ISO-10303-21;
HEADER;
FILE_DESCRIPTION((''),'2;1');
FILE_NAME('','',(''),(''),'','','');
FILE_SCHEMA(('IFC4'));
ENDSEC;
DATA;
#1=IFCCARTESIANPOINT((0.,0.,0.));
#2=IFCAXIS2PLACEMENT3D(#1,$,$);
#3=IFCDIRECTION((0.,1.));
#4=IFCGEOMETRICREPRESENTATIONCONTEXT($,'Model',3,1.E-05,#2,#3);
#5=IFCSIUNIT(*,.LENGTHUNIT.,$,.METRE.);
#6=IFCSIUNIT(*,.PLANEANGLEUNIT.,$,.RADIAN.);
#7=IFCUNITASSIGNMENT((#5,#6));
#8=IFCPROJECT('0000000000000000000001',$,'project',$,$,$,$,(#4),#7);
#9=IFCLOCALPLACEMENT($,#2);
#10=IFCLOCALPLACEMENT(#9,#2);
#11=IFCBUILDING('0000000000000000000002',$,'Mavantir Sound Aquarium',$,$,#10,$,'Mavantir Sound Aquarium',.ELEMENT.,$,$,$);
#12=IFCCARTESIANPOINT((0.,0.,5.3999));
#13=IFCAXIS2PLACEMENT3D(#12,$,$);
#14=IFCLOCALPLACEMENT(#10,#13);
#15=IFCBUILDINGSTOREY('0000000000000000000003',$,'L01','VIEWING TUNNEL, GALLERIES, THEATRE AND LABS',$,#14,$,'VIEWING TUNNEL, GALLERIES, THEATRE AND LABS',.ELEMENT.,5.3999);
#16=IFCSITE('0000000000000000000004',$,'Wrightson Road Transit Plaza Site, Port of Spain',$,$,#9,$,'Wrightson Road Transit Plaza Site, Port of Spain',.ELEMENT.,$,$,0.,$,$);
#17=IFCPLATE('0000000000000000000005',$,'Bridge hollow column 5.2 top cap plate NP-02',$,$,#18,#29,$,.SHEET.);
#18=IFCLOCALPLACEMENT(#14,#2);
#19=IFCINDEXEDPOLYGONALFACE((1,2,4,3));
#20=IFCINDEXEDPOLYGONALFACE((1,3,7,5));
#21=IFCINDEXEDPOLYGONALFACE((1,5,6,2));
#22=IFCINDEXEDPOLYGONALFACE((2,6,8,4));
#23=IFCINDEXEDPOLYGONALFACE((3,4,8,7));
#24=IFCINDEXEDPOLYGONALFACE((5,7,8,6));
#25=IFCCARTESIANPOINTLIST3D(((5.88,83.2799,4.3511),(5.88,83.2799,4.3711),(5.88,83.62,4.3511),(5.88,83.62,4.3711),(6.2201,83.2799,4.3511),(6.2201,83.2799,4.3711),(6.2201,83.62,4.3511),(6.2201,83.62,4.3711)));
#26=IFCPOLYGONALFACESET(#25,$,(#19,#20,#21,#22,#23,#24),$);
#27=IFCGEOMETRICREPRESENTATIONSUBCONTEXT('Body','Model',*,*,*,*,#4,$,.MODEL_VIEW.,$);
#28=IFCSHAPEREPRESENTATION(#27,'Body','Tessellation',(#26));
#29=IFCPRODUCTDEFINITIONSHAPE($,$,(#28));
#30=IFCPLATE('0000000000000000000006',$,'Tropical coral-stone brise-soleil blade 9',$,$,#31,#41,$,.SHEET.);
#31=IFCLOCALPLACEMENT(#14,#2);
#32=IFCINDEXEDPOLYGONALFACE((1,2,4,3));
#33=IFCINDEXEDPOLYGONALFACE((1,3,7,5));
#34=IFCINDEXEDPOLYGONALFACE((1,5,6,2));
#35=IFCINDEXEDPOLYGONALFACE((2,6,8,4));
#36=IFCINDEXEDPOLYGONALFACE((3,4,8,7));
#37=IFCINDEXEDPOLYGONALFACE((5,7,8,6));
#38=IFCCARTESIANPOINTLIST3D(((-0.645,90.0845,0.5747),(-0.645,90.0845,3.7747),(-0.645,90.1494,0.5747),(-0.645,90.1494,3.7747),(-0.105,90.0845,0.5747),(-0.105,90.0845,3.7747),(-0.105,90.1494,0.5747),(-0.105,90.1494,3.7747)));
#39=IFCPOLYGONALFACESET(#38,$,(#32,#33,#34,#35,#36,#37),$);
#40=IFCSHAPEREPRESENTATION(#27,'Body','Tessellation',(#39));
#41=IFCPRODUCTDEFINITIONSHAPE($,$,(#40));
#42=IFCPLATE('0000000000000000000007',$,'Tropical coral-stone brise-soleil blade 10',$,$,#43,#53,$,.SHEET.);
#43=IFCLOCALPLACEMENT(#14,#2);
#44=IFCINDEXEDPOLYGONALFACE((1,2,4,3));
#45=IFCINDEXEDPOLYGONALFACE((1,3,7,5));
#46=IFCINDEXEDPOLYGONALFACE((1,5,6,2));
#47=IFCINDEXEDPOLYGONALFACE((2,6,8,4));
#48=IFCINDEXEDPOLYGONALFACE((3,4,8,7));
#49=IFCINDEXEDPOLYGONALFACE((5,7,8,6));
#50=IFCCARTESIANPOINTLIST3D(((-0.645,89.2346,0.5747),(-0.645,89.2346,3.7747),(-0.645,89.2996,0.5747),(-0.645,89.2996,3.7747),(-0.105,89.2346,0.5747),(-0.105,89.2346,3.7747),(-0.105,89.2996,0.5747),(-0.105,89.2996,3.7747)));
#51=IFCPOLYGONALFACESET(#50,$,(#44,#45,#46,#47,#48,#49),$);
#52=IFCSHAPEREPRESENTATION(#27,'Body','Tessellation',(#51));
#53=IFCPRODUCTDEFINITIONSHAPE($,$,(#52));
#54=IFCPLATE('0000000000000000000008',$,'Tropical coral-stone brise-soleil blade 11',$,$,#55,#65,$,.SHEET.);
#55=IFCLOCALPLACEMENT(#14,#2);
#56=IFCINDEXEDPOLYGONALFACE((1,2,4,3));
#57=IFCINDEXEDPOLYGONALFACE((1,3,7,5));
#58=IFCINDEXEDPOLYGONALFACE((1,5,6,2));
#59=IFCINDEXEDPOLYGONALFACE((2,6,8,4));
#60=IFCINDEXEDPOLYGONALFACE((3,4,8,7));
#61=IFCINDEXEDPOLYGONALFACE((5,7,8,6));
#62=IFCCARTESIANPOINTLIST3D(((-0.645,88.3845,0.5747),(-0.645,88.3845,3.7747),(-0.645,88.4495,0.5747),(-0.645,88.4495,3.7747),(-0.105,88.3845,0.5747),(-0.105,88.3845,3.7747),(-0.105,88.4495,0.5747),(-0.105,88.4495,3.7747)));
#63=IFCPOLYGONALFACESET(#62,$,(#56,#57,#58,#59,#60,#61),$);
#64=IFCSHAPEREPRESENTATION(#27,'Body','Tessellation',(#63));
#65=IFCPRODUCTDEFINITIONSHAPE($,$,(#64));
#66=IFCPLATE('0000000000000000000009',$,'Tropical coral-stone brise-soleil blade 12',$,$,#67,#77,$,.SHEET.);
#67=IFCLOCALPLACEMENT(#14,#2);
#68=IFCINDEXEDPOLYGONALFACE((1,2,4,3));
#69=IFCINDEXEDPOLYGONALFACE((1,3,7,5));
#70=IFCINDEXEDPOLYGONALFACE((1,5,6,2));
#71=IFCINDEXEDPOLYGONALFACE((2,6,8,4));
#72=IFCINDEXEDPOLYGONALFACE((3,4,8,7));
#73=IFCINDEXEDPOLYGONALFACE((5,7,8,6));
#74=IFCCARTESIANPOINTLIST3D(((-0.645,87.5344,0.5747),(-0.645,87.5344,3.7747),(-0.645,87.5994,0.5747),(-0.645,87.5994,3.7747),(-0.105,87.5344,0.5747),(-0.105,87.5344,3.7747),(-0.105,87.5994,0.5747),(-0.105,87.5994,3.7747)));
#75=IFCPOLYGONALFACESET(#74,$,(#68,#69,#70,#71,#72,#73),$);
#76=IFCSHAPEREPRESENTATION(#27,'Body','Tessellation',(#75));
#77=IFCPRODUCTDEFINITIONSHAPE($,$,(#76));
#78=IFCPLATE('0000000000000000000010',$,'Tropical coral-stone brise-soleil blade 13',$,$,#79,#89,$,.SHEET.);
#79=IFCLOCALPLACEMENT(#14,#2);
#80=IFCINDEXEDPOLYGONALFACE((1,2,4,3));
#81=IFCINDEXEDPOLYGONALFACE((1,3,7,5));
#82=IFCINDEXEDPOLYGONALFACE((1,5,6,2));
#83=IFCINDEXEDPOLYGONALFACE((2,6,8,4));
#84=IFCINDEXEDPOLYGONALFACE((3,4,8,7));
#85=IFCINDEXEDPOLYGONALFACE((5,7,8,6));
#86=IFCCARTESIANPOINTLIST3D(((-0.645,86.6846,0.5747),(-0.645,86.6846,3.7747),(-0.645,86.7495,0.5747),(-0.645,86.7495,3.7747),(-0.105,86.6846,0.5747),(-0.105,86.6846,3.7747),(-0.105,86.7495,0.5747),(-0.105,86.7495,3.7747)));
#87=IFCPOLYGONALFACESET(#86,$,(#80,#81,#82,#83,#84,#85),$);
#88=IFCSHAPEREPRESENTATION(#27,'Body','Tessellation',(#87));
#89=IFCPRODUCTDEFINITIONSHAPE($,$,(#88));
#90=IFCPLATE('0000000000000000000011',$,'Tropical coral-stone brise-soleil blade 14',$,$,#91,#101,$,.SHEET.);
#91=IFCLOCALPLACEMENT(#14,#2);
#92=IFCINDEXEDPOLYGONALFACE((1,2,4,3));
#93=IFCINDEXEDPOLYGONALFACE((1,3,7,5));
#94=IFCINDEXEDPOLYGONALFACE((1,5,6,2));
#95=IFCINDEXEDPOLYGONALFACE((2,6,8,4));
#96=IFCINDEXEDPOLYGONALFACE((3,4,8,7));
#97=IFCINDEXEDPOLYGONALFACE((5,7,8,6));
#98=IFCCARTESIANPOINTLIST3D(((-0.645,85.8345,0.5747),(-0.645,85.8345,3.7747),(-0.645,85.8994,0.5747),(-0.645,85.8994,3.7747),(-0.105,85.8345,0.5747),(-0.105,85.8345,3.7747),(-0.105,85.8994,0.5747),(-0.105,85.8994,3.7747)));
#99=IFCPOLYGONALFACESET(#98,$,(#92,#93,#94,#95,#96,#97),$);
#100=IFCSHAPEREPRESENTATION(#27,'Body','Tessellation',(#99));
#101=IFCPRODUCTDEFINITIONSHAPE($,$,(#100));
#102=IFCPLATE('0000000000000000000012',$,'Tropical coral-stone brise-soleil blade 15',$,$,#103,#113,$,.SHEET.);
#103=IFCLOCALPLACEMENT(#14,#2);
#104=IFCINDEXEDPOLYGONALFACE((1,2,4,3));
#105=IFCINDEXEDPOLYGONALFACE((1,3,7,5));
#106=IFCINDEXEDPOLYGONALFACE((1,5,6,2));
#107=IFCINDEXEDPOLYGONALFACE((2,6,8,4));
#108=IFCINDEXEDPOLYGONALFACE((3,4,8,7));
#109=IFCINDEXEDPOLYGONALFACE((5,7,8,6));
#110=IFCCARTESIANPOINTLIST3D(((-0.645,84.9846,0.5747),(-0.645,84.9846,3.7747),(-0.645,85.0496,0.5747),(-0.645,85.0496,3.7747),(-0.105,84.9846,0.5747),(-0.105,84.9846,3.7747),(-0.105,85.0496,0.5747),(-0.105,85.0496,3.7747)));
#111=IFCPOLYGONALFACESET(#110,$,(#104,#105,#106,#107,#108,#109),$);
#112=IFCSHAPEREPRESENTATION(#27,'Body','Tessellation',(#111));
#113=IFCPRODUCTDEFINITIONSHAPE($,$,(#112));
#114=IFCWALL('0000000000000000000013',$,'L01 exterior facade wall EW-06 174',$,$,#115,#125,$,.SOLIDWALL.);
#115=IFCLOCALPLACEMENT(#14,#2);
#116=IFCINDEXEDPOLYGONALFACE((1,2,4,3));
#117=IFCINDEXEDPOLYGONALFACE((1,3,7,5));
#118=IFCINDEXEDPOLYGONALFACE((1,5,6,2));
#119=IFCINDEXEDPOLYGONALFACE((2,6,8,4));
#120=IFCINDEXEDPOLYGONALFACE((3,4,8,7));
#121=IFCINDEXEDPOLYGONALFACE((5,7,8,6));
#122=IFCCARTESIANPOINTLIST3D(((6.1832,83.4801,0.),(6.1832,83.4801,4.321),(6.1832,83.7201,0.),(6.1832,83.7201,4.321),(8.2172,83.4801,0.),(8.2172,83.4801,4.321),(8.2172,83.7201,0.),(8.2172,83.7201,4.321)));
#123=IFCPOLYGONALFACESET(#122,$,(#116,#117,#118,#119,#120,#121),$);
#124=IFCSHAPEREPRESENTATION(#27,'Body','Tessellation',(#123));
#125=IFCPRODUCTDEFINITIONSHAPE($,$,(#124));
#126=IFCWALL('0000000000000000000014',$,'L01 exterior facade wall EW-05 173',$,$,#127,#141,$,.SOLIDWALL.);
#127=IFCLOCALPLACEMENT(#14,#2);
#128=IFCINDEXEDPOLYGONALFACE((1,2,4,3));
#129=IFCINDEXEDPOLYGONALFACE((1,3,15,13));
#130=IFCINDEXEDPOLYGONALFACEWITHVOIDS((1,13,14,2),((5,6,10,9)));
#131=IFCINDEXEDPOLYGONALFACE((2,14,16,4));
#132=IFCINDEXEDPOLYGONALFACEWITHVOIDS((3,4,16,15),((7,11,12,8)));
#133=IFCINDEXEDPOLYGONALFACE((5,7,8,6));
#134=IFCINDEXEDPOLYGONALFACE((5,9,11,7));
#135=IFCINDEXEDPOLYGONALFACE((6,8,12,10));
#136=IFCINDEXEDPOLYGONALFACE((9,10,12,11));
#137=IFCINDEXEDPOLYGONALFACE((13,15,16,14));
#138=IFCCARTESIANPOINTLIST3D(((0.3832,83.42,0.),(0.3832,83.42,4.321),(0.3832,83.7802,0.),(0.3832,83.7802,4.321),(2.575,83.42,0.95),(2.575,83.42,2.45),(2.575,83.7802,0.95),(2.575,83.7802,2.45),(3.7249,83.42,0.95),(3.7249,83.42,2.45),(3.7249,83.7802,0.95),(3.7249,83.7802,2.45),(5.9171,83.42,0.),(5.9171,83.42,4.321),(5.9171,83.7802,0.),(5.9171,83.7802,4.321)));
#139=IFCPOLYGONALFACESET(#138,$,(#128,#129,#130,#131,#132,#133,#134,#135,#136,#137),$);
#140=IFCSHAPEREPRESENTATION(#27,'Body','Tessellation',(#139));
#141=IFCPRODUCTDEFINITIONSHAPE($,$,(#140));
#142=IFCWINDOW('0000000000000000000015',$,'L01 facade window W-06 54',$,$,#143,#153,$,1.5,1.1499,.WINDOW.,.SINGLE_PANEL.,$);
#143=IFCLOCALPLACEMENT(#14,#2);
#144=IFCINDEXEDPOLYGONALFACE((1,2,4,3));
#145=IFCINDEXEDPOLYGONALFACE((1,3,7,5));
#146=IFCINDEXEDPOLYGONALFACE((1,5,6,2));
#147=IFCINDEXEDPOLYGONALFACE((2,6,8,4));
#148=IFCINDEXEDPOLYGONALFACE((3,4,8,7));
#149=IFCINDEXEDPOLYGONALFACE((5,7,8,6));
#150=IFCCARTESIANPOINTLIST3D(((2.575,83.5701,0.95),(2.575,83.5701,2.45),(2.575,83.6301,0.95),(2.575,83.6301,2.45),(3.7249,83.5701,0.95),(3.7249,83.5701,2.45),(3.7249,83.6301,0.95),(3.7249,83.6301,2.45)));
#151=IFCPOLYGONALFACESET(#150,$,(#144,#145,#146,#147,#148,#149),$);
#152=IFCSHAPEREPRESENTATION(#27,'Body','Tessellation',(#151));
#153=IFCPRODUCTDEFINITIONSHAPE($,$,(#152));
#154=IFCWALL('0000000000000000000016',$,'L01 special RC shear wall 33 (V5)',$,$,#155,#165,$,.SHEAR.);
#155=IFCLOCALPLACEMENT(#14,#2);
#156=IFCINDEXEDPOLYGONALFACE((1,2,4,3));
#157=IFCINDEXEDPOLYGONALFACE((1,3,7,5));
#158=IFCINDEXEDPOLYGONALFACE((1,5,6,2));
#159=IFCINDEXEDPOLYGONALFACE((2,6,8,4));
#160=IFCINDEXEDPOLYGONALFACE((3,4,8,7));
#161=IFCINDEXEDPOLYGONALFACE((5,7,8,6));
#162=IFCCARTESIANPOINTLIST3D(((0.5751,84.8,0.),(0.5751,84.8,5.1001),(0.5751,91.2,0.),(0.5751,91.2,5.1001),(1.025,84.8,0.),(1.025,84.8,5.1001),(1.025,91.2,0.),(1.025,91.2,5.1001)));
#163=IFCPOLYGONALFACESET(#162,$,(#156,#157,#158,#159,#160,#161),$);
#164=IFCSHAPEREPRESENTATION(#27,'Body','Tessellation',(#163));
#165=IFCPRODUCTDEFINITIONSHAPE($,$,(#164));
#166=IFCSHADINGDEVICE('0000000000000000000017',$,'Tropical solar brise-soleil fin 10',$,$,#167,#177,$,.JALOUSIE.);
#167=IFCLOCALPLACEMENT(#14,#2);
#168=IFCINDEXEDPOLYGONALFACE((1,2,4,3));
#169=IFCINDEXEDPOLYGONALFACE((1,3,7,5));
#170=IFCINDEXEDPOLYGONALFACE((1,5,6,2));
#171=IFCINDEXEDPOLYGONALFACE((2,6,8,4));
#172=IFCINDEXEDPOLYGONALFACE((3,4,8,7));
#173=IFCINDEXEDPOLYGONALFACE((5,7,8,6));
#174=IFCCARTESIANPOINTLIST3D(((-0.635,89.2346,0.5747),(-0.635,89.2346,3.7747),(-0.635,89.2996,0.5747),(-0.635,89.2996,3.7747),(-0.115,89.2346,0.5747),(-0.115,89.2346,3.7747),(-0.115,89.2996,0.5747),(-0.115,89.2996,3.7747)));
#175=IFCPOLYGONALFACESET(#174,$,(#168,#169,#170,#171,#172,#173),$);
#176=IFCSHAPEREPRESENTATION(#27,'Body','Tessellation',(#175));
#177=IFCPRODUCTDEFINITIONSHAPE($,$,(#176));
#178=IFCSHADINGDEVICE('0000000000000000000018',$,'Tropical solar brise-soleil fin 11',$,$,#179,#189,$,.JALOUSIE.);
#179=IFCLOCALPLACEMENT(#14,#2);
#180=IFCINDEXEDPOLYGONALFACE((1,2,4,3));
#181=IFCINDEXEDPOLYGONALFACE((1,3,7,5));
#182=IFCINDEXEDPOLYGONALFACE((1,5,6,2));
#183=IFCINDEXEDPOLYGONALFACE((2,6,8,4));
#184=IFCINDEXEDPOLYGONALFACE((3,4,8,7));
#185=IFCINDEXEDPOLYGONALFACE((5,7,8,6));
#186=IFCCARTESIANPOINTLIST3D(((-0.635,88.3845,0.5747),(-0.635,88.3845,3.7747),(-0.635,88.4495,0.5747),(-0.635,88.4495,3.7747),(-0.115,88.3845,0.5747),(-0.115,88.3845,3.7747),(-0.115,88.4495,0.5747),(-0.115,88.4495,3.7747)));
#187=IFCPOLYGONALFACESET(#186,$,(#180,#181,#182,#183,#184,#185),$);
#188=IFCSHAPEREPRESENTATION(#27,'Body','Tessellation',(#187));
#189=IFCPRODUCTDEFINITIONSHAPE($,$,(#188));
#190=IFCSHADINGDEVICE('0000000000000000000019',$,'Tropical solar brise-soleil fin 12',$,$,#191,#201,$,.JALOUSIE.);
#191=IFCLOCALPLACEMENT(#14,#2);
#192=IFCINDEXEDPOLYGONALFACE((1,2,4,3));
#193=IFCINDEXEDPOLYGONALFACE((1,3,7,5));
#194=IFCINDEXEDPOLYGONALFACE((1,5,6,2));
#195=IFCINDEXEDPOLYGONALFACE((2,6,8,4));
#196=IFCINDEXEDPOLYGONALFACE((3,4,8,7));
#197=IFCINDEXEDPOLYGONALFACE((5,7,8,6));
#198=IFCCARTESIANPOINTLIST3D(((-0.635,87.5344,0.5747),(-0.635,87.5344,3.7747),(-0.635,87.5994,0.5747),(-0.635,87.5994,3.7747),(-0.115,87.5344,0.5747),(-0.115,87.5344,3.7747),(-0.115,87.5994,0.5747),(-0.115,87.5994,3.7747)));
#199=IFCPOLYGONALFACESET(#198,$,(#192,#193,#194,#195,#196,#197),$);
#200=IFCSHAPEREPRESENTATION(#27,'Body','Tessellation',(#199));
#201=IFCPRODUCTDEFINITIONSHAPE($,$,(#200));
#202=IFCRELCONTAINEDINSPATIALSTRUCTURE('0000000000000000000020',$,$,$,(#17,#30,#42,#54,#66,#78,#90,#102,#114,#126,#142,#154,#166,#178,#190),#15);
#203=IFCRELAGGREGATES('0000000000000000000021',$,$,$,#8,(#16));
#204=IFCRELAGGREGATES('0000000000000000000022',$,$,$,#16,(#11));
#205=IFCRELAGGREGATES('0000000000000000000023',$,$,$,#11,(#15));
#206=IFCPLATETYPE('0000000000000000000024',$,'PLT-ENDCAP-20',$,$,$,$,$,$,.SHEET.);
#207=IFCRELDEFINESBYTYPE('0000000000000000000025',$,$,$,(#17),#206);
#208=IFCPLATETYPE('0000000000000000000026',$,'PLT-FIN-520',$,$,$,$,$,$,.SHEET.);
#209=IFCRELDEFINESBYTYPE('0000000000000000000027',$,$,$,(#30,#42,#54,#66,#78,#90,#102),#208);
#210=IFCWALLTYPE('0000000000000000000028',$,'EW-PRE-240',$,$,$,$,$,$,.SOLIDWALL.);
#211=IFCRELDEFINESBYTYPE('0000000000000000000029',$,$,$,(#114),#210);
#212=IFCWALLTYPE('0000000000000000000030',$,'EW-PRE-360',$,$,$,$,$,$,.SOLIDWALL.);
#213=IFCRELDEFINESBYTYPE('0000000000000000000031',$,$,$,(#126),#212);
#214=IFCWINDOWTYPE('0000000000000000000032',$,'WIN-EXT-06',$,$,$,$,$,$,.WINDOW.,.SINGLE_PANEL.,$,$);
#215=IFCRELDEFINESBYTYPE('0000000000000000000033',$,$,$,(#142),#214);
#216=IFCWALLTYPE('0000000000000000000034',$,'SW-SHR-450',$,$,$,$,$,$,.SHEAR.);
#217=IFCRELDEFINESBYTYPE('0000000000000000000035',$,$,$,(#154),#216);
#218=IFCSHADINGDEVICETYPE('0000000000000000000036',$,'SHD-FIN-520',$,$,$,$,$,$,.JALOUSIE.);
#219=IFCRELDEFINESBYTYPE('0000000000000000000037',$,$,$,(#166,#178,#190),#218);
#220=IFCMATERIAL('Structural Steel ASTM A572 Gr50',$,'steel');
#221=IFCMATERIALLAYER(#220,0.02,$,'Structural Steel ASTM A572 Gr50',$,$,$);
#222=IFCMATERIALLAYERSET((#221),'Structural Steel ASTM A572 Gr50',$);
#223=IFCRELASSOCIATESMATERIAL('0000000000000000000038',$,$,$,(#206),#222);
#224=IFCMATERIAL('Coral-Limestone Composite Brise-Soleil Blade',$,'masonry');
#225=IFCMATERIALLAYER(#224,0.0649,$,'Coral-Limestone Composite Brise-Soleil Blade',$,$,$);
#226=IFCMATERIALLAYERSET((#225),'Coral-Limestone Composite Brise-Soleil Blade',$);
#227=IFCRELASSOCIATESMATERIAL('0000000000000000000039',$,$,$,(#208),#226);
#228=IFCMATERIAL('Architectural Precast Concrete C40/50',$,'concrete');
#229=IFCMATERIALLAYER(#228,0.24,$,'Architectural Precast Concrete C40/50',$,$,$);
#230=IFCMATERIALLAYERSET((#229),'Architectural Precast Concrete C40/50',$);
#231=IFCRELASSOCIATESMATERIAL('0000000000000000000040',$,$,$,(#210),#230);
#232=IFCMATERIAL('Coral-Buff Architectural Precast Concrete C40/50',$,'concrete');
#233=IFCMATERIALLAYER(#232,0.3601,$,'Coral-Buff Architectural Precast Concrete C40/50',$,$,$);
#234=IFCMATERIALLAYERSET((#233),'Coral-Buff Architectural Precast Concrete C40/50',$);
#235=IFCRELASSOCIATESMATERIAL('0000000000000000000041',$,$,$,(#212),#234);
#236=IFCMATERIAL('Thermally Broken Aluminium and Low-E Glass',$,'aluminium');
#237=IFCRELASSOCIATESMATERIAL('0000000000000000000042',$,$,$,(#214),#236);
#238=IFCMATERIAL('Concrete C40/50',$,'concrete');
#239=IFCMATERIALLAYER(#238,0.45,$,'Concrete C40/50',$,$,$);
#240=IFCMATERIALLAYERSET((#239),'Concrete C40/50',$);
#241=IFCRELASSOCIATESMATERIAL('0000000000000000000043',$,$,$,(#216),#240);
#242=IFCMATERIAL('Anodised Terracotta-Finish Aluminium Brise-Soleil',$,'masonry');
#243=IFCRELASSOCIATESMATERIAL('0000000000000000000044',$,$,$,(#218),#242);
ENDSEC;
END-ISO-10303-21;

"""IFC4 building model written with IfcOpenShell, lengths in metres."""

from ifc_helpers import new_model, si_unit, direction, frame, frame_2d, origin, origin_2d, place, context, subcontext, project, spatial, rectangle, extrude, material, layer, layer_set, type_object, element, fill, save


model = new_model("IFC4")

# Units and contexts
model_context = context("Model", 3, precision=1e-05, world=origin(), true_north=direction((0.0, 1.0)))
body_context = subcontext(model_context, "Body", "Model", "MODEL_VIEW")
ifc_project = project(units=[si_unit("LENGTHUNIT", "METRE"), si_unit("PLANEANGLEUNIT", "RADIAN")], contexts=[model_context])

# Site, building, storey
site_placement = place(None, origin())
site = spatial("IfcSite", under=ifc_project, at=site_placement, Name="Wrightson Road Transit Plaza Site, Port of Spain", LongName="Wrightson Road Transit Plaza Site, Port of Spain", CompositionType="ELEMENT", RefElevation=0.0)
building_placement = place(site_placement, origin())
building = spatial("IfcBuilding", under=site, at=building_placement, Name="Mavantir Sound Aquarium", LongName="Mavantir Sound Aquarium", CompositionType="ELEMENT")
storey_placement = place(building_placement, frame((0.0, 0.0, 5.3999)))
storey = spatial("IfcBuildingStorey", under=building, at=storey_placement, Name="L01", Description="VIEWING TUNNEL, GALLERIES, THEATRE AND LABS", LongName="VIEWING TUNNEL, GALLERIES, THEATRE AND LABS", CompositionType="ELEMENT", Elevation=5.3999)

# Shared definitions
ifc_material_1 = material(Name="Concrete C40/50", Category="concrete")

# Plates
ifc_material_2 = material(Name="Structural Steel ASTM A572 Gr50", Category="steel")
ifc_layer_1 = layer(ifc_material_2, 0.02, Name="Structural Steel ASTM A572 Gr50")
ifc_layer_set_1 = layer_set([ifc_layer_1], Name="Structural Steel ASTM A572 Gr50")
plate_type_1 = type_object("IfcPlateType", Name="PLT-ENDCAP-20", PredefinedType="SHEET", material=ifc_layer_set_1)
plate_placement = place(storey_placement, frame((6.05, 83.45, 4.3511), z_axis=(0.0, 0.0, 1.0), x_axis=(1.0, 0.0, 0.0)))
element("IfcPlate", 1, at=plate_placement, inside=storey, type_object=plate_type_1, Name="Bridge hollow column 5.2 top cap plate NP-02", PredefinedType="SHEET", context=body_context, shape_type="SweptSolid", body=[
    extrude(rectangle(XDim=0.3401, YDim=0.3401, at=origin_2d()), origin(), (0.0, 0.0, 1.0), 0.02),
])
ifc_material_3 = material(Name="Coral-Limestone Composite Brise-Soleil Blade", Category="masonry")
ifc_layer_2 = layer(ifc_material_3, 0.0649, Name="Coral-Limestone Composite Brise-Soleil Blade")
ifc_layer_set_2 = layer_set([ifc_layer_2], Name="Coral-Limestone Composite Brise-Soleil Blade")
plate_type_2 = type_object("IfcPlateType", Name="PLT-FIN-520", PredefinedType="SHEET", material=ifc_layer_set_2)
for number, where, z_axis, x_axis, name in (
    (2, (-0.375, 90.1169, 0.5747), (0.0, 0.0, 1.0), (0.0, 1.0, 0.0), "Tropical coral-stone brise-soleil blade 9"),
    (3, (-0.375, 89.2671, 0.5747), (0.0, 0.0, 1.0), (0.0, 1.0, 0.0), "Tropical coral-stone brise-soleil blade 10"),
    (4, (-0.375, 88.417, 0.5747), (0.0, 0.0, 1.0), (0.0, 1.0, 0.0), "Tropical coral-stone brise-soleil blade 11"),
    (5, (-0.375, 87.5669, 0.5747), (0.0, 0.0, 1.0), (0.0, 1.0, 0.0), "Tropical coral-stone brise-soleil blade 12"),
    (6, (-0.375, 86.717, 0.5747), (0.0, 0.0, 1.0), (0.0, 1.0, 0.0), "Tropical coral-stone brise-soleil blade 13"),
    (7, (-0.375, 85.8669, 0.5747), (0.0, 0.0, 1.0), (0.0, 1.0, 0.0), "Tropical coral-stone brise-soleil blade 14"),
    (8, (-0.375, 85.0171, 0.5747), (0.0, 0.0, 1.0), (0.0, 1.0, 0.0), "Tropical coral-stone brise-soleil blade 15"),
):
    element("IfcPlate", number, at=place(storey_placement, frame(where, z_axis=z_axis, x_axis=x_axis)), inside=storey, type_object=plate_type_2, Name=name, PredefinedType="SHEET", context=body_context, shape_type="SweptSolid", body=[
        extrude(rectangle(XDim=0.0649, YDim=0.54, at=origin_2d()), origin(), (0.0, 0.0, 1.0), 3.2),
    ])

# Wall
ifc_material_4 = material(Name="Architectural Precast Concrete C40/50", Category="concrete")
ifc_layer_3 = layer(ifc_material_4, 0.24, Name="Architectural Precast Concrete C40/50")
ifc_layer_set_3 = layer_set([ifc_layer_3], Name="Architectural Precast Concrete C40/50")
wall_type_1 = type_object("IfcWallType", Name="EW-PRE-240", PredefinedType="SOLIDWALL", material=ifc_layer_set_3)
wall_1_placement = place(storey_placement, frame((6.1831, 83.6001, 0.0), z_axis=(0.0, 0.0, 1.0), x_axis=(1.0, 0.0, 0.0)))
element("IfcWall", 9, at=wall_1_placement, inside=storey, type_object=wall_type_1, Name="L01 exterior facade wall EW-06 174", PredefinedType="SOLIDWALL", context=body_context, shape_type="SweptSolid", body=[
    extrude(rectangle(XDim=2.0339, YDim=0.24, at=frame_2d((1.0171, 0.0))), origin(), (0.0, 0.0, 1.0), 4.321),
])

# Wall, opening, window
ifc_material_5 = material(Name="Coral-Buff Architectural Precast Concrete C40/50", Category="concrete")
ifc_layer_4 = layer(ifc_material_5, 0.3601, Name="Coral-Buff Architectural Precast Concrete C40/50")
ifc_layer_set_4 = layer_set([ifc_layer_4], Name="Coral-Buff Architectural Precast Concrete C40/50")
wall_type_2 = type_object("IfcWallType", Name="EW-PRE-360", PredefinedType="SOLIDWALL", material=ifc_layer_set_4)
wall_2_placement = place(storey_placement, frame((0.3831, 83.6001, 0.0), z_axis=(0.0, 0.0, 1.0), x_axis=(1.0, 0.0, 0.0)))
wall_2 = element("IfcWall", 10, at=wall_2_placement, inside=storey, type_object=wall_type_2, Name="L01 exterior facade wall EW-05 173", PredefinedType="SOLIDWALL", context=body_context, shape_type="SweptSolid", body=[
    extrude(rectangle(XDim=5.5339, YDim=0.3601, at=frame_2d((2.7671, 0.0))), origin(), (0.0, 0.0, 1.0), 4.321),
])
opening_placement = place(wall_2_placement, frame((2.1919, 0.0, 0.95)))
opening = element("IfcOpeningElement", 11, at=opening_placement, cuts=wall_2, PredefinedType="OPENING", context=body_context, shape_type="SweptSolid", body=[
    extrude(rectangle(XDim=1.1499, YDim=1.5, at=frame_2d((0.575, 0.75))), frame((0.0, 0.1899, 0.0), z_axis=(0.0, -1.0, 0.0), x_axis=(1.0, 0.0, 0.0)), (0.0, 0.0, 1.0), 0.3801),
])
ifc_material_6 = material(Name="Thermally Broken Aluminium and Low-E Glass", Category="aluminium")
window_type = type_object("IfcWindowType", Name="WIN-EXT-06", PartitioningType="SINGLE_PANEL", PredefinedType="WINDOW", material=ifc_material_6)
window_placement = place(opening_placement, origin())
window = element("IfcWindow", 12, at=window_placement, inside=storey, type_object=window_type, Name="L01 facade window W-06 54", OverallHeight=1.5, OverallWidth=1.1499, PartitioningType="SINGLE_PANEL", PredefinedType="WINDOW", context=body_context, shape_type="SweptSolid", body=[
    extrude(rectangle(XDim=1.1499, YDim=1.5, at=frame_2d((0.575, 0.75))), frame((0.0, 0.03, 0.0), z_axis=(0.0, -1.0, 0.0), x_axis=(1.0, 0.0, 0.0)), (0.0, 0.0, 1.0), 0.0601),
])
fill(opening, window)

# Wall
ifc_layer_5 = layer(ifc_material_1, 0.45, Name="Concrete C40/50")
ifc_layer_set_5 = layer_set([ifc_layer_5], Name="Concrete C40/50")
wall_type_3 = type_object("IfcWallType", Name="SW-SHR-450", PredefinedType="SHEAR", material=ifc_layer_set_5)
wall_3_placement = place(storey_placement, frame((0.8, 84.8, 0.0), z_axis=(0.0, 0.0, 1.0), x_axis=(0.0, 1.0, 0.0)))
element("IfcWall", 13, at=wall_3_placement, inside=storey, type_object=wall_type_3, Name="L01 special RC shear wall 33 (V5)", PredefinedType="SHEAR", context=body_context, shape_type="SweptSolid", body=[
    extrude(rectangle(XDim=6.3999, YDim=0.45, at=frame_2d((3.2, 0.0))), origin(), (0.0, 0.0, 1.0), 5.1001),
])

# Shading devices
ifc_material_7 = material(Name="Anodised Terracotta-Finish Aluminium Brise-Soleil", Category="masonry")
shading_device_type = type_object("IfcShadingDeviceType", Name="SHD-FIN-520", PredefinedType="JALOUSIE", material=ifc_material_7)
for number, where, z_axis, x_axis, name in (
    (14, (-0.375, 89.2671, 0.5747), (0.0, 0.0, 1.0), (0.0, 1.0, 0.0), "Tropical solar brise-soleil fin 10"),
    (15, (-0.375, 88.417, 0.5747), (0.0, 0.0, 1.0), (0.0, 1.0, 0.0), "Tropical solar brise-soleil fin 11"),
    (16, (-0.375, 87.5669, 0.5747), (0.0, 0.0, 1.0), (0.0, 1.0, 0.0), "Tropical solar brise-soleil fin 12"),
):
    element("IfcShadingDevice", number, at=place(storey_placement, frame(where, z_axis=z_axis, x_axis=x_axis)), inside=storey, type_object=shading_device_type, Name=name, PredefinedType="JALOUSIE", context=body_context, shape_type="SweptSolid", body=[
        extrude(rectangle(XDim=0.0649, YDim=0.52, at=origin_2d()), origin(), (0.0, 0.0, 1.0), 3.2),
    ])

save(model, "model.ifc")
